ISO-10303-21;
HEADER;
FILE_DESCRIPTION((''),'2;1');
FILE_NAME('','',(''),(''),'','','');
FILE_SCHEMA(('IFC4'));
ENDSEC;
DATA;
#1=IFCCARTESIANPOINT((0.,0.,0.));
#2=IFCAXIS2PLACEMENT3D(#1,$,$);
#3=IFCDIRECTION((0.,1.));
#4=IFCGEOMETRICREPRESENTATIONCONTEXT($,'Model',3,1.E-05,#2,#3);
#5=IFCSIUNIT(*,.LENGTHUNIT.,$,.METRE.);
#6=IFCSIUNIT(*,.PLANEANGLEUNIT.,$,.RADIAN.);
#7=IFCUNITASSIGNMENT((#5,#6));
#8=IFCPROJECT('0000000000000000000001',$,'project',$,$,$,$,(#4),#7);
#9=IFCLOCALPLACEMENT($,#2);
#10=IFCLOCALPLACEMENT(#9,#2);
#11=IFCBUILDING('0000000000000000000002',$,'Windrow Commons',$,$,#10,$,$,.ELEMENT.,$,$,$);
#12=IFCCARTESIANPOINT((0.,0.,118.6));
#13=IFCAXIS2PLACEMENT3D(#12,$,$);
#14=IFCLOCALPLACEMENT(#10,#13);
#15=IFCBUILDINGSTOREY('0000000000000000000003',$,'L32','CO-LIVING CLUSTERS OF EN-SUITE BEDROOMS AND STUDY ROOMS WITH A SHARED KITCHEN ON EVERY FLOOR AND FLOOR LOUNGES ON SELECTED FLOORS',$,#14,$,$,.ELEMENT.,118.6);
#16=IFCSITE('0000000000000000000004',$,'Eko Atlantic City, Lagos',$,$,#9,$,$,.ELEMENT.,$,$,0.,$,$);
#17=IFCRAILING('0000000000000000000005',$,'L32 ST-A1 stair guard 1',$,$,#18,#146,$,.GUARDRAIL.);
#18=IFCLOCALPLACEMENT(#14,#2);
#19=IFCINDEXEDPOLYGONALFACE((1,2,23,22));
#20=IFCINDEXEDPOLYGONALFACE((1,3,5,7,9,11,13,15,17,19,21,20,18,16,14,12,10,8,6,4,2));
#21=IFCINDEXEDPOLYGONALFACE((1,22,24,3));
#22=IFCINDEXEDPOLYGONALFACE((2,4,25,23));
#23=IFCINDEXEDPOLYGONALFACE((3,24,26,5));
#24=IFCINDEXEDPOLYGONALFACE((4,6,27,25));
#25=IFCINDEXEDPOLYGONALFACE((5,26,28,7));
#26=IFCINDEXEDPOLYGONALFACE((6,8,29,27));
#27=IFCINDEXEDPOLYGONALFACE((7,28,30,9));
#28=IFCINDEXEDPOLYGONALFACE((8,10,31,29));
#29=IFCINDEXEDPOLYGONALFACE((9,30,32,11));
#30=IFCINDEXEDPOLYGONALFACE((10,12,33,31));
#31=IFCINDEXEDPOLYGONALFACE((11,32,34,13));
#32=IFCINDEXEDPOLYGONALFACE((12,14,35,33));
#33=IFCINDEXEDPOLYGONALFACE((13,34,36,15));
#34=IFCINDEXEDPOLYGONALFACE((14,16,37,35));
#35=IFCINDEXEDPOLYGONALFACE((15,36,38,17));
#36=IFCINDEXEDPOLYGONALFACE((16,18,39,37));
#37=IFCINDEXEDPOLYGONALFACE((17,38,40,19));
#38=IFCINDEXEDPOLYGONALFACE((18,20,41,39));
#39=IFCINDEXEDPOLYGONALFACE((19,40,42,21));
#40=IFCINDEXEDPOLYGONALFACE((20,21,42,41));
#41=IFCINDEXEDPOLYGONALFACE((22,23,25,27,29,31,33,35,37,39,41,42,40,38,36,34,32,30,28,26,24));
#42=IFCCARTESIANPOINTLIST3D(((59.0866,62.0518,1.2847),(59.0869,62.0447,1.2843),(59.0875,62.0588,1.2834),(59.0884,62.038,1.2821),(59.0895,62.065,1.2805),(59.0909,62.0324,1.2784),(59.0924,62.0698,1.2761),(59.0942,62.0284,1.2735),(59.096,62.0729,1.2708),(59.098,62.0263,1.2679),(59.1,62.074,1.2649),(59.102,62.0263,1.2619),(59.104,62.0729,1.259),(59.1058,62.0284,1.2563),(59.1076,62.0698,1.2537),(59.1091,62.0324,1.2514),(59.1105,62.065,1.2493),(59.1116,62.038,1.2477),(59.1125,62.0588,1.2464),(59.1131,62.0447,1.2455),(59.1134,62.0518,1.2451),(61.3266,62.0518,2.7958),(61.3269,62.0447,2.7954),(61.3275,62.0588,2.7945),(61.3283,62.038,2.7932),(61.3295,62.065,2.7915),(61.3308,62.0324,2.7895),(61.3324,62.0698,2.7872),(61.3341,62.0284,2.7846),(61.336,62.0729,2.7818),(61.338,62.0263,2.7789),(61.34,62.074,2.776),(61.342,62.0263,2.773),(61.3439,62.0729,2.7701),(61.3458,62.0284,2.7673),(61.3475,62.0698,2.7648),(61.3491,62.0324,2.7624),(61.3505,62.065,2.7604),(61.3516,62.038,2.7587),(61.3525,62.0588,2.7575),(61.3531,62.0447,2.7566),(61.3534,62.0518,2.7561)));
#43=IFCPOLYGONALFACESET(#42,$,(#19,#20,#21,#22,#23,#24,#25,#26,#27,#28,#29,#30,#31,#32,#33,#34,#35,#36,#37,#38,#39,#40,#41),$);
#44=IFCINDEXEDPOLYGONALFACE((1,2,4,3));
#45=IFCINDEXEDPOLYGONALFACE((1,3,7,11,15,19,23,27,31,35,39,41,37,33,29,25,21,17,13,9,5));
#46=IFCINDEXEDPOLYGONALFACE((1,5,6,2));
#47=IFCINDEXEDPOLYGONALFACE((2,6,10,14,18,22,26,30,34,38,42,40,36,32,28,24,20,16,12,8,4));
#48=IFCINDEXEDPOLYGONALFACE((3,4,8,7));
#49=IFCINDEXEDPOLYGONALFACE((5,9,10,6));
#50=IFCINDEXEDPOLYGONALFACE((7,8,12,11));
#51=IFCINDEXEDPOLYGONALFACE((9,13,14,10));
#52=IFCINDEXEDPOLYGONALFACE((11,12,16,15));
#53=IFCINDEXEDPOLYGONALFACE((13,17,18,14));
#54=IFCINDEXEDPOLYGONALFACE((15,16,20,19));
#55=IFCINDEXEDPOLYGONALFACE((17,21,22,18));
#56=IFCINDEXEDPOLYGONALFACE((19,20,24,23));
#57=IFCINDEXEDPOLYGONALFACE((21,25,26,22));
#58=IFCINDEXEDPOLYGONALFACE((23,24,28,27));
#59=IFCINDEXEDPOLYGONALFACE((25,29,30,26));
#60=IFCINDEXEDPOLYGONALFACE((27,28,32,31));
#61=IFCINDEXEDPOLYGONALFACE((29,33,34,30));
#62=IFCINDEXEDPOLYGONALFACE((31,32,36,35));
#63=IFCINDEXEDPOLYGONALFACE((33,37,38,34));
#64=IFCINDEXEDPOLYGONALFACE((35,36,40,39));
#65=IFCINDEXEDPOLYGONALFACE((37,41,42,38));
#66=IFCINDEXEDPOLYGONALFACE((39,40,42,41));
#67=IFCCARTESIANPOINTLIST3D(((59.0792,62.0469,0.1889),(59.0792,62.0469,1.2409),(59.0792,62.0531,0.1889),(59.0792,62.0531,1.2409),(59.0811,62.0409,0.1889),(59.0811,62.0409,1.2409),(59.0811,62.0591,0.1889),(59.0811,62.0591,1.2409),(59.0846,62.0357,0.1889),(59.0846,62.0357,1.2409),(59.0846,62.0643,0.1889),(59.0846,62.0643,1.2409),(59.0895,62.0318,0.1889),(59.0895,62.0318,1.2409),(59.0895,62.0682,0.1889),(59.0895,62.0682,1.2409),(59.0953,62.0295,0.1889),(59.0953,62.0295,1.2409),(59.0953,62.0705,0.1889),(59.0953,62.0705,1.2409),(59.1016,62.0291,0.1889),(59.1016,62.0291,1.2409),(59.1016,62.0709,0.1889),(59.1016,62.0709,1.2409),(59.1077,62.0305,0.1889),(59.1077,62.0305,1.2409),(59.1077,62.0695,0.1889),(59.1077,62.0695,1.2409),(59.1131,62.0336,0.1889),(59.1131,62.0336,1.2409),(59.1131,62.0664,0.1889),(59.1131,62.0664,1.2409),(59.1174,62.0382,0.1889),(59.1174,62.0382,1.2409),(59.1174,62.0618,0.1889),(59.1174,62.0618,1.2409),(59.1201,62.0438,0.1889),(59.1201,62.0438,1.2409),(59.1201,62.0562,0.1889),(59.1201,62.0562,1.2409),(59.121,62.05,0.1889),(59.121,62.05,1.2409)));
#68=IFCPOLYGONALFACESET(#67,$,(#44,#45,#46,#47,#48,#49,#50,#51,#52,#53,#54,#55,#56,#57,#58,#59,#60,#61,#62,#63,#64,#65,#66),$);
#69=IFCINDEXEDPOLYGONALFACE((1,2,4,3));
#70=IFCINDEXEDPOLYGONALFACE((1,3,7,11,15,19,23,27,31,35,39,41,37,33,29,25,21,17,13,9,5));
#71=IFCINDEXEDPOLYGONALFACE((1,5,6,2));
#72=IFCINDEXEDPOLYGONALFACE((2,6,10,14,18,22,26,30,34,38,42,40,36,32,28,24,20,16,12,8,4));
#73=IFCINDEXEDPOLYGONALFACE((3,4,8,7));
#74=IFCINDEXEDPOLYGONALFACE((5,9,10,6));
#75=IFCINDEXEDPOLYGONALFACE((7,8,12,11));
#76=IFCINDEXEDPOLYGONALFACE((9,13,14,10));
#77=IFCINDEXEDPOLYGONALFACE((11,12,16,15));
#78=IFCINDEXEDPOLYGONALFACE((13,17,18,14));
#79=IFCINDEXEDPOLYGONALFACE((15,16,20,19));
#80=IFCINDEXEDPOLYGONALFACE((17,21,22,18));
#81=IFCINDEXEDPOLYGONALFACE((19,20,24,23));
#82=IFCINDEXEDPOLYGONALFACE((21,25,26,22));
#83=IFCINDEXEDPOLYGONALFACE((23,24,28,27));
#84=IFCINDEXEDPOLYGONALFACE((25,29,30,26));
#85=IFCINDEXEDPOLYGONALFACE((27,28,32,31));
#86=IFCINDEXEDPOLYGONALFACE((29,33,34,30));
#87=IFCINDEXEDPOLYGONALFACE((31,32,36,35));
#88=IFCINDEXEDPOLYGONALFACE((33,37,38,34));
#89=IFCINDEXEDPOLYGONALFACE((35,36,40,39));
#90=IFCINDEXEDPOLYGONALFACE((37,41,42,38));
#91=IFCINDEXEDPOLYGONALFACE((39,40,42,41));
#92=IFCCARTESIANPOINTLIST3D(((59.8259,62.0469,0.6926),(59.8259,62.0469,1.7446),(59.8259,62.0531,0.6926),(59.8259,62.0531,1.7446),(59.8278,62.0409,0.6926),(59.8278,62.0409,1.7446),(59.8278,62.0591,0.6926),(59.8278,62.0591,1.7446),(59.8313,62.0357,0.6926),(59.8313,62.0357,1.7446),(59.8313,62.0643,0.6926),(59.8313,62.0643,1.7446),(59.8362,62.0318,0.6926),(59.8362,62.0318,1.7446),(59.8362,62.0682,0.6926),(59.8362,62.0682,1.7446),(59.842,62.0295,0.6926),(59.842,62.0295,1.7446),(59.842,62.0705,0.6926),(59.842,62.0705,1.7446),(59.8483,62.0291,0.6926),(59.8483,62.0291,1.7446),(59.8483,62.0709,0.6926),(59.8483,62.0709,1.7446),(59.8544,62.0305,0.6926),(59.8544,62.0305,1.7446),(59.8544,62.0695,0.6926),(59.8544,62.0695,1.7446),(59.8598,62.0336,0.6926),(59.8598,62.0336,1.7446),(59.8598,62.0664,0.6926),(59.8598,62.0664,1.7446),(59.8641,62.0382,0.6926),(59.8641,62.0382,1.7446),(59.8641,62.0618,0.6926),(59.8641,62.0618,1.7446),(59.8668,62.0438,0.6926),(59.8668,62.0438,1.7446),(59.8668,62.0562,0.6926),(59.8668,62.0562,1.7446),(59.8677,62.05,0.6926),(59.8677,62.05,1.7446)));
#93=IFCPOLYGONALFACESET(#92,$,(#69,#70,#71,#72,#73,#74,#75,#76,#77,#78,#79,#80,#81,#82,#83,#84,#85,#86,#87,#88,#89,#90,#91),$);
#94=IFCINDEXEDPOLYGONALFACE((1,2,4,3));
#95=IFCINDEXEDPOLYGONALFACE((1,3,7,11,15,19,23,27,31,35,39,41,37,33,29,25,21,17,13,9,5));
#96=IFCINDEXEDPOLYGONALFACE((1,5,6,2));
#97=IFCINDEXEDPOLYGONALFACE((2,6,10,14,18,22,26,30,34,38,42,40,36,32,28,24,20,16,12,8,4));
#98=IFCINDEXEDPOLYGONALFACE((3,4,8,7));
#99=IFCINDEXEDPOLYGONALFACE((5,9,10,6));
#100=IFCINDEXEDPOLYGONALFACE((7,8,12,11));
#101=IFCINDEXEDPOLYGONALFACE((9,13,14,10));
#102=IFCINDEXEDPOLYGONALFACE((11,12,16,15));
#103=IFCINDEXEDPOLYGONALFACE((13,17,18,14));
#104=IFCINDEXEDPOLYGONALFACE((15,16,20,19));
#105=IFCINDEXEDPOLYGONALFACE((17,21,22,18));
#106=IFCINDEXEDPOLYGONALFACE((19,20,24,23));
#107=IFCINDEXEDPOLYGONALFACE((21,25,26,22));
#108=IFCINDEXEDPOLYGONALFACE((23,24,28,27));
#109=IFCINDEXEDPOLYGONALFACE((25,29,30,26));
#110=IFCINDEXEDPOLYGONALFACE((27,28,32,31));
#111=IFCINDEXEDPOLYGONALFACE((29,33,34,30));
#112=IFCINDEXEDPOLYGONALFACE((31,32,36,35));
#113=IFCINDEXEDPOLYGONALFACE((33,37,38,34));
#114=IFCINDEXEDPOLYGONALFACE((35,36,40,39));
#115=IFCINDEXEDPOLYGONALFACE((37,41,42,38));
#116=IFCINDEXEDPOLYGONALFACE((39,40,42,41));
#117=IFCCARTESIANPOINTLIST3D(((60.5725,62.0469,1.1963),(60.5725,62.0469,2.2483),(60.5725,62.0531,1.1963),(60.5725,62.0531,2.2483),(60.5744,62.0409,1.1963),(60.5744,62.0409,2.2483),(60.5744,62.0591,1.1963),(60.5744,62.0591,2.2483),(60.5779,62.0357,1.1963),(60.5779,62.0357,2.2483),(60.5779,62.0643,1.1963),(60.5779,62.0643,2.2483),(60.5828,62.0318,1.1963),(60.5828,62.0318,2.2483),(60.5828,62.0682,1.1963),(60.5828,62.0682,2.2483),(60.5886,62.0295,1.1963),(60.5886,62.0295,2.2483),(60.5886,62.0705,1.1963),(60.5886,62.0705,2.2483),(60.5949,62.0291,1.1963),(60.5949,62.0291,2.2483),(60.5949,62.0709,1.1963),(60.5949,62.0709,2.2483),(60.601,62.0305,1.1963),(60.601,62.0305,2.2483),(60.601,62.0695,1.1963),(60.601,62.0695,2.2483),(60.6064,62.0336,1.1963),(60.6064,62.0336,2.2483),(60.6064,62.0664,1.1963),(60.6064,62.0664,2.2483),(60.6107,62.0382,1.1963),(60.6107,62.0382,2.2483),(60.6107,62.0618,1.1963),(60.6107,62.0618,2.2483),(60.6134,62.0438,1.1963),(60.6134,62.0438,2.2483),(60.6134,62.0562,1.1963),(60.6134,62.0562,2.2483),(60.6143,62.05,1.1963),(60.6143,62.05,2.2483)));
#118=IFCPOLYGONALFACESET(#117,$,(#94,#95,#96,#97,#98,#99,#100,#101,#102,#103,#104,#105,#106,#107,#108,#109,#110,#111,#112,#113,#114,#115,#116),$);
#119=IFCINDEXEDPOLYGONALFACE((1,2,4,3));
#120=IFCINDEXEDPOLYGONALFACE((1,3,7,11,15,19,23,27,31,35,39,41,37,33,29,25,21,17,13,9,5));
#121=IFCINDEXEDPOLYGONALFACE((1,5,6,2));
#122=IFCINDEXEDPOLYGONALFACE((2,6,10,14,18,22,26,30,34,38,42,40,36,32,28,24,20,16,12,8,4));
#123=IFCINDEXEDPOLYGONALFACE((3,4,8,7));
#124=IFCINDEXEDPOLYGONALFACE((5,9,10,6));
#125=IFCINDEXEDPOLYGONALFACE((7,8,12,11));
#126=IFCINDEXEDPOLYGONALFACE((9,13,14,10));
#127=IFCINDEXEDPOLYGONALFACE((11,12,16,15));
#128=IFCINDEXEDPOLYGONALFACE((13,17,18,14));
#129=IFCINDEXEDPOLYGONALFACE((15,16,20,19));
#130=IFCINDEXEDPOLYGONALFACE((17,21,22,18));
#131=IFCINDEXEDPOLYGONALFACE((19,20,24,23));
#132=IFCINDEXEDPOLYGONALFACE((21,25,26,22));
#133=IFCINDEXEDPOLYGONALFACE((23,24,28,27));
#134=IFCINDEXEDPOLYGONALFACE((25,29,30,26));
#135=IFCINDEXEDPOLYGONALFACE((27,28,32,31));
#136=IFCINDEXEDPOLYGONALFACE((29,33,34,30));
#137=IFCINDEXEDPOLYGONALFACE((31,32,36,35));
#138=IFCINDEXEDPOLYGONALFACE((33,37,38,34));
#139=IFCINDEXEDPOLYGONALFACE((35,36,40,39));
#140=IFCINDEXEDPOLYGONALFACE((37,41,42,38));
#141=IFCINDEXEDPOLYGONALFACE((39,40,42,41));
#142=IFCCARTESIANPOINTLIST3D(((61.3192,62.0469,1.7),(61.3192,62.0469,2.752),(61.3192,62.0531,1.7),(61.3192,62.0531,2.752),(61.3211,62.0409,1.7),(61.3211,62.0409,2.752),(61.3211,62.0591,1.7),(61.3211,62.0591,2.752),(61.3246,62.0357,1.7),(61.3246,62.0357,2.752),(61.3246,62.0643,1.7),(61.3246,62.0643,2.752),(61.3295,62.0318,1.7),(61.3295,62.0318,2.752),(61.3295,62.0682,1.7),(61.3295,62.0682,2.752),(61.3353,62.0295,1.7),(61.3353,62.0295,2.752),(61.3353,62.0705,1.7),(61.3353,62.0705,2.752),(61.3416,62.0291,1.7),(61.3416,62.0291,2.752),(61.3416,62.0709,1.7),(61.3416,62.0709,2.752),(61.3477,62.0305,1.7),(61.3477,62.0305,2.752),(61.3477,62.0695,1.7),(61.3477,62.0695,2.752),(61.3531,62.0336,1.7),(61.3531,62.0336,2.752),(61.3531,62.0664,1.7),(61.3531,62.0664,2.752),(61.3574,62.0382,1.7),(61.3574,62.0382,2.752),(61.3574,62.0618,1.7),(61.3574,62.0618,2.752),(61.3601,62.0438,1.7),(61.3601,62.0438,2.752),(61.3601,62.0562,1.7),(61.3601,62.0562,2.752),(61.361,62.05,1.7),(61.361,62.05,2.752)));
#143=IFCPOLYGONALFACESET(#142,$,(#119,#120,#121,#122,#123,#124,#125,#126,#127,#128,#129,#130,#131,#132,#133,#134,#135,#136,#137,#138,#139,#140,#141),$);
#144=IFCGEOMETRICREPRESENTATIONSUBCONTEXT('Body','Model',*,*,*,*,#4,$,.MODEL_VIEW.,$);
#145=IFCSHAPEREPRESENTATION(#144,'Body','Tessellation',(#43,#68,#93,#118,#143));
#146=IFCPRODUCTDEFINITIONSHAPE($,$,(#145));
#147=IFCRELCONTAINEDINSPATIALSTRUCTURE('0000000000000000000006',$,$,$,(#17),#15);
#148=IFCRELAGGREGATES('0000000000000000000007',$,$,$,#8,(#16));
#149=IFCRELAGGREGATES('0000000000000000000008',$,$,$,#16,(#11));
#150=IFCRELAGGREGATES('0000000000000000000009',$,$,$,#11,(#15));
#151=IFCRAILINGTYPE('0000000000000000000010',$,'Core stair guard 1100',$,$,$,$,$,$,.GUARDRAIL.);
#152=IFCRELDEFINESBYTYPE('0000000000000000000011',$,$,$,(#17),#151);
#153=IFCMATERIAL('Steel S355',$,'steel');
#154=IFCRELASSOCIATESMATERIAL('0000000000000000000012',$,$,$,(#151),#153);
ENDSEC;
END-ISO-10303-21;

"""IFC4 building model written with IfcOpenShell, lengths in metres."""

from ifc_helpers import new_model, si_unit, direction, frame, origin, origin_2d, place, context, subcontext, project, spatial, circle, extrude, material, type_object, element, save


model = new_model("IFC4")

# Units and contexts
model_context = context("Model", 3, precision=1e-05, world=origin(), true_north=direction((0.0, 1.0)))
body_context = subcontext(model_context, "Body", "Model", "MODEL_VIEW")
ifc_project = project(units=[si_unit("LENGTHUNIT", "METRE"), si_unit("PLANEANGLEUNIT", "RADIAN")], contexts=[model_context])

# Site, building, storey
site_placement = place(None, origin())
site = spatial("IfcSite", under=ifc_project, at=site_placement, Name="Eko Atlantic City, Lagos", CompositionType="ELEMENT", RefElevation=0.0)
building_placement = place(site_placement, origin())
building = spatial("IfcBuilding", under=site, at=building_placement, Name="Windrow Commons", CompositionType="ELEMENT")
storey_placement = place(building_placement, frame((0.0, 0.0, 118.6)))
storey = spatial("IfcBuildingStorey", under=building, at=storey_placement, Name="L32", Description="CO-LIVING CLUSTERS OF EN-SUITE BEDROOMS AND STUDY ROOMS WITH A SHARED KITCHEN ON EVERY FLOOR AND FLOOR LOUNGES ON SELECTED FLOORS", CompositionType="ELEMENT", Elevation=118.6)

# Railing
ifc_material_1 = material(Name="Steel S355", Category="steel")
railing_type_1 = type_object("IfcRailingType", Name="Core stair guard 1100", PredefinedType="GUARDRAIL", material=ifc_material_1)
railing_1_placement = place(storey_placement, frame((59.1, 62.05, 0.1889)))
element("IfcRailing", 1, at=railing_1_placement, inside=storey, type_object=railing_type_1, Name="L32 ST-A1 stair guard 1", PredefinedType="GUARDRAIL", context=body_context, shape_type="SweptSolid", body=[
    extrude(circle(Radius=0.024, at=origin_2d()), frame((0.0, 0.0, 1.076), z_axis=(0.829003, 0.0, 0.559244), x_axis=(0.0, 1.0, 0.0)), (0.0, 0.0, 1.0), 2.702),
    extrude(circle(Radius=0.021, at=origin_2d()), origin(), (0.0, 0.0, 1.0), 1.052),
    extrude(circle(Radius=0.021, at=origin_2d()), frame((0.7467, 0.0, 0.5037)), (0.0, 0.0, 1.0), 1.052),
    extrude(circle(Radius=0.021, at=origin_2d()), frame((1.4933, 0.0, 1.0074)), (0.0, 0.0, 1.0), 1.052),
    extrude(circle(Radius=0.021, at=origin_2d()), frame((2.24, 0.0, 1.5111)), (0.0, 0.0, 1.0), 1.052),
])

save(model, "model.ifc")
